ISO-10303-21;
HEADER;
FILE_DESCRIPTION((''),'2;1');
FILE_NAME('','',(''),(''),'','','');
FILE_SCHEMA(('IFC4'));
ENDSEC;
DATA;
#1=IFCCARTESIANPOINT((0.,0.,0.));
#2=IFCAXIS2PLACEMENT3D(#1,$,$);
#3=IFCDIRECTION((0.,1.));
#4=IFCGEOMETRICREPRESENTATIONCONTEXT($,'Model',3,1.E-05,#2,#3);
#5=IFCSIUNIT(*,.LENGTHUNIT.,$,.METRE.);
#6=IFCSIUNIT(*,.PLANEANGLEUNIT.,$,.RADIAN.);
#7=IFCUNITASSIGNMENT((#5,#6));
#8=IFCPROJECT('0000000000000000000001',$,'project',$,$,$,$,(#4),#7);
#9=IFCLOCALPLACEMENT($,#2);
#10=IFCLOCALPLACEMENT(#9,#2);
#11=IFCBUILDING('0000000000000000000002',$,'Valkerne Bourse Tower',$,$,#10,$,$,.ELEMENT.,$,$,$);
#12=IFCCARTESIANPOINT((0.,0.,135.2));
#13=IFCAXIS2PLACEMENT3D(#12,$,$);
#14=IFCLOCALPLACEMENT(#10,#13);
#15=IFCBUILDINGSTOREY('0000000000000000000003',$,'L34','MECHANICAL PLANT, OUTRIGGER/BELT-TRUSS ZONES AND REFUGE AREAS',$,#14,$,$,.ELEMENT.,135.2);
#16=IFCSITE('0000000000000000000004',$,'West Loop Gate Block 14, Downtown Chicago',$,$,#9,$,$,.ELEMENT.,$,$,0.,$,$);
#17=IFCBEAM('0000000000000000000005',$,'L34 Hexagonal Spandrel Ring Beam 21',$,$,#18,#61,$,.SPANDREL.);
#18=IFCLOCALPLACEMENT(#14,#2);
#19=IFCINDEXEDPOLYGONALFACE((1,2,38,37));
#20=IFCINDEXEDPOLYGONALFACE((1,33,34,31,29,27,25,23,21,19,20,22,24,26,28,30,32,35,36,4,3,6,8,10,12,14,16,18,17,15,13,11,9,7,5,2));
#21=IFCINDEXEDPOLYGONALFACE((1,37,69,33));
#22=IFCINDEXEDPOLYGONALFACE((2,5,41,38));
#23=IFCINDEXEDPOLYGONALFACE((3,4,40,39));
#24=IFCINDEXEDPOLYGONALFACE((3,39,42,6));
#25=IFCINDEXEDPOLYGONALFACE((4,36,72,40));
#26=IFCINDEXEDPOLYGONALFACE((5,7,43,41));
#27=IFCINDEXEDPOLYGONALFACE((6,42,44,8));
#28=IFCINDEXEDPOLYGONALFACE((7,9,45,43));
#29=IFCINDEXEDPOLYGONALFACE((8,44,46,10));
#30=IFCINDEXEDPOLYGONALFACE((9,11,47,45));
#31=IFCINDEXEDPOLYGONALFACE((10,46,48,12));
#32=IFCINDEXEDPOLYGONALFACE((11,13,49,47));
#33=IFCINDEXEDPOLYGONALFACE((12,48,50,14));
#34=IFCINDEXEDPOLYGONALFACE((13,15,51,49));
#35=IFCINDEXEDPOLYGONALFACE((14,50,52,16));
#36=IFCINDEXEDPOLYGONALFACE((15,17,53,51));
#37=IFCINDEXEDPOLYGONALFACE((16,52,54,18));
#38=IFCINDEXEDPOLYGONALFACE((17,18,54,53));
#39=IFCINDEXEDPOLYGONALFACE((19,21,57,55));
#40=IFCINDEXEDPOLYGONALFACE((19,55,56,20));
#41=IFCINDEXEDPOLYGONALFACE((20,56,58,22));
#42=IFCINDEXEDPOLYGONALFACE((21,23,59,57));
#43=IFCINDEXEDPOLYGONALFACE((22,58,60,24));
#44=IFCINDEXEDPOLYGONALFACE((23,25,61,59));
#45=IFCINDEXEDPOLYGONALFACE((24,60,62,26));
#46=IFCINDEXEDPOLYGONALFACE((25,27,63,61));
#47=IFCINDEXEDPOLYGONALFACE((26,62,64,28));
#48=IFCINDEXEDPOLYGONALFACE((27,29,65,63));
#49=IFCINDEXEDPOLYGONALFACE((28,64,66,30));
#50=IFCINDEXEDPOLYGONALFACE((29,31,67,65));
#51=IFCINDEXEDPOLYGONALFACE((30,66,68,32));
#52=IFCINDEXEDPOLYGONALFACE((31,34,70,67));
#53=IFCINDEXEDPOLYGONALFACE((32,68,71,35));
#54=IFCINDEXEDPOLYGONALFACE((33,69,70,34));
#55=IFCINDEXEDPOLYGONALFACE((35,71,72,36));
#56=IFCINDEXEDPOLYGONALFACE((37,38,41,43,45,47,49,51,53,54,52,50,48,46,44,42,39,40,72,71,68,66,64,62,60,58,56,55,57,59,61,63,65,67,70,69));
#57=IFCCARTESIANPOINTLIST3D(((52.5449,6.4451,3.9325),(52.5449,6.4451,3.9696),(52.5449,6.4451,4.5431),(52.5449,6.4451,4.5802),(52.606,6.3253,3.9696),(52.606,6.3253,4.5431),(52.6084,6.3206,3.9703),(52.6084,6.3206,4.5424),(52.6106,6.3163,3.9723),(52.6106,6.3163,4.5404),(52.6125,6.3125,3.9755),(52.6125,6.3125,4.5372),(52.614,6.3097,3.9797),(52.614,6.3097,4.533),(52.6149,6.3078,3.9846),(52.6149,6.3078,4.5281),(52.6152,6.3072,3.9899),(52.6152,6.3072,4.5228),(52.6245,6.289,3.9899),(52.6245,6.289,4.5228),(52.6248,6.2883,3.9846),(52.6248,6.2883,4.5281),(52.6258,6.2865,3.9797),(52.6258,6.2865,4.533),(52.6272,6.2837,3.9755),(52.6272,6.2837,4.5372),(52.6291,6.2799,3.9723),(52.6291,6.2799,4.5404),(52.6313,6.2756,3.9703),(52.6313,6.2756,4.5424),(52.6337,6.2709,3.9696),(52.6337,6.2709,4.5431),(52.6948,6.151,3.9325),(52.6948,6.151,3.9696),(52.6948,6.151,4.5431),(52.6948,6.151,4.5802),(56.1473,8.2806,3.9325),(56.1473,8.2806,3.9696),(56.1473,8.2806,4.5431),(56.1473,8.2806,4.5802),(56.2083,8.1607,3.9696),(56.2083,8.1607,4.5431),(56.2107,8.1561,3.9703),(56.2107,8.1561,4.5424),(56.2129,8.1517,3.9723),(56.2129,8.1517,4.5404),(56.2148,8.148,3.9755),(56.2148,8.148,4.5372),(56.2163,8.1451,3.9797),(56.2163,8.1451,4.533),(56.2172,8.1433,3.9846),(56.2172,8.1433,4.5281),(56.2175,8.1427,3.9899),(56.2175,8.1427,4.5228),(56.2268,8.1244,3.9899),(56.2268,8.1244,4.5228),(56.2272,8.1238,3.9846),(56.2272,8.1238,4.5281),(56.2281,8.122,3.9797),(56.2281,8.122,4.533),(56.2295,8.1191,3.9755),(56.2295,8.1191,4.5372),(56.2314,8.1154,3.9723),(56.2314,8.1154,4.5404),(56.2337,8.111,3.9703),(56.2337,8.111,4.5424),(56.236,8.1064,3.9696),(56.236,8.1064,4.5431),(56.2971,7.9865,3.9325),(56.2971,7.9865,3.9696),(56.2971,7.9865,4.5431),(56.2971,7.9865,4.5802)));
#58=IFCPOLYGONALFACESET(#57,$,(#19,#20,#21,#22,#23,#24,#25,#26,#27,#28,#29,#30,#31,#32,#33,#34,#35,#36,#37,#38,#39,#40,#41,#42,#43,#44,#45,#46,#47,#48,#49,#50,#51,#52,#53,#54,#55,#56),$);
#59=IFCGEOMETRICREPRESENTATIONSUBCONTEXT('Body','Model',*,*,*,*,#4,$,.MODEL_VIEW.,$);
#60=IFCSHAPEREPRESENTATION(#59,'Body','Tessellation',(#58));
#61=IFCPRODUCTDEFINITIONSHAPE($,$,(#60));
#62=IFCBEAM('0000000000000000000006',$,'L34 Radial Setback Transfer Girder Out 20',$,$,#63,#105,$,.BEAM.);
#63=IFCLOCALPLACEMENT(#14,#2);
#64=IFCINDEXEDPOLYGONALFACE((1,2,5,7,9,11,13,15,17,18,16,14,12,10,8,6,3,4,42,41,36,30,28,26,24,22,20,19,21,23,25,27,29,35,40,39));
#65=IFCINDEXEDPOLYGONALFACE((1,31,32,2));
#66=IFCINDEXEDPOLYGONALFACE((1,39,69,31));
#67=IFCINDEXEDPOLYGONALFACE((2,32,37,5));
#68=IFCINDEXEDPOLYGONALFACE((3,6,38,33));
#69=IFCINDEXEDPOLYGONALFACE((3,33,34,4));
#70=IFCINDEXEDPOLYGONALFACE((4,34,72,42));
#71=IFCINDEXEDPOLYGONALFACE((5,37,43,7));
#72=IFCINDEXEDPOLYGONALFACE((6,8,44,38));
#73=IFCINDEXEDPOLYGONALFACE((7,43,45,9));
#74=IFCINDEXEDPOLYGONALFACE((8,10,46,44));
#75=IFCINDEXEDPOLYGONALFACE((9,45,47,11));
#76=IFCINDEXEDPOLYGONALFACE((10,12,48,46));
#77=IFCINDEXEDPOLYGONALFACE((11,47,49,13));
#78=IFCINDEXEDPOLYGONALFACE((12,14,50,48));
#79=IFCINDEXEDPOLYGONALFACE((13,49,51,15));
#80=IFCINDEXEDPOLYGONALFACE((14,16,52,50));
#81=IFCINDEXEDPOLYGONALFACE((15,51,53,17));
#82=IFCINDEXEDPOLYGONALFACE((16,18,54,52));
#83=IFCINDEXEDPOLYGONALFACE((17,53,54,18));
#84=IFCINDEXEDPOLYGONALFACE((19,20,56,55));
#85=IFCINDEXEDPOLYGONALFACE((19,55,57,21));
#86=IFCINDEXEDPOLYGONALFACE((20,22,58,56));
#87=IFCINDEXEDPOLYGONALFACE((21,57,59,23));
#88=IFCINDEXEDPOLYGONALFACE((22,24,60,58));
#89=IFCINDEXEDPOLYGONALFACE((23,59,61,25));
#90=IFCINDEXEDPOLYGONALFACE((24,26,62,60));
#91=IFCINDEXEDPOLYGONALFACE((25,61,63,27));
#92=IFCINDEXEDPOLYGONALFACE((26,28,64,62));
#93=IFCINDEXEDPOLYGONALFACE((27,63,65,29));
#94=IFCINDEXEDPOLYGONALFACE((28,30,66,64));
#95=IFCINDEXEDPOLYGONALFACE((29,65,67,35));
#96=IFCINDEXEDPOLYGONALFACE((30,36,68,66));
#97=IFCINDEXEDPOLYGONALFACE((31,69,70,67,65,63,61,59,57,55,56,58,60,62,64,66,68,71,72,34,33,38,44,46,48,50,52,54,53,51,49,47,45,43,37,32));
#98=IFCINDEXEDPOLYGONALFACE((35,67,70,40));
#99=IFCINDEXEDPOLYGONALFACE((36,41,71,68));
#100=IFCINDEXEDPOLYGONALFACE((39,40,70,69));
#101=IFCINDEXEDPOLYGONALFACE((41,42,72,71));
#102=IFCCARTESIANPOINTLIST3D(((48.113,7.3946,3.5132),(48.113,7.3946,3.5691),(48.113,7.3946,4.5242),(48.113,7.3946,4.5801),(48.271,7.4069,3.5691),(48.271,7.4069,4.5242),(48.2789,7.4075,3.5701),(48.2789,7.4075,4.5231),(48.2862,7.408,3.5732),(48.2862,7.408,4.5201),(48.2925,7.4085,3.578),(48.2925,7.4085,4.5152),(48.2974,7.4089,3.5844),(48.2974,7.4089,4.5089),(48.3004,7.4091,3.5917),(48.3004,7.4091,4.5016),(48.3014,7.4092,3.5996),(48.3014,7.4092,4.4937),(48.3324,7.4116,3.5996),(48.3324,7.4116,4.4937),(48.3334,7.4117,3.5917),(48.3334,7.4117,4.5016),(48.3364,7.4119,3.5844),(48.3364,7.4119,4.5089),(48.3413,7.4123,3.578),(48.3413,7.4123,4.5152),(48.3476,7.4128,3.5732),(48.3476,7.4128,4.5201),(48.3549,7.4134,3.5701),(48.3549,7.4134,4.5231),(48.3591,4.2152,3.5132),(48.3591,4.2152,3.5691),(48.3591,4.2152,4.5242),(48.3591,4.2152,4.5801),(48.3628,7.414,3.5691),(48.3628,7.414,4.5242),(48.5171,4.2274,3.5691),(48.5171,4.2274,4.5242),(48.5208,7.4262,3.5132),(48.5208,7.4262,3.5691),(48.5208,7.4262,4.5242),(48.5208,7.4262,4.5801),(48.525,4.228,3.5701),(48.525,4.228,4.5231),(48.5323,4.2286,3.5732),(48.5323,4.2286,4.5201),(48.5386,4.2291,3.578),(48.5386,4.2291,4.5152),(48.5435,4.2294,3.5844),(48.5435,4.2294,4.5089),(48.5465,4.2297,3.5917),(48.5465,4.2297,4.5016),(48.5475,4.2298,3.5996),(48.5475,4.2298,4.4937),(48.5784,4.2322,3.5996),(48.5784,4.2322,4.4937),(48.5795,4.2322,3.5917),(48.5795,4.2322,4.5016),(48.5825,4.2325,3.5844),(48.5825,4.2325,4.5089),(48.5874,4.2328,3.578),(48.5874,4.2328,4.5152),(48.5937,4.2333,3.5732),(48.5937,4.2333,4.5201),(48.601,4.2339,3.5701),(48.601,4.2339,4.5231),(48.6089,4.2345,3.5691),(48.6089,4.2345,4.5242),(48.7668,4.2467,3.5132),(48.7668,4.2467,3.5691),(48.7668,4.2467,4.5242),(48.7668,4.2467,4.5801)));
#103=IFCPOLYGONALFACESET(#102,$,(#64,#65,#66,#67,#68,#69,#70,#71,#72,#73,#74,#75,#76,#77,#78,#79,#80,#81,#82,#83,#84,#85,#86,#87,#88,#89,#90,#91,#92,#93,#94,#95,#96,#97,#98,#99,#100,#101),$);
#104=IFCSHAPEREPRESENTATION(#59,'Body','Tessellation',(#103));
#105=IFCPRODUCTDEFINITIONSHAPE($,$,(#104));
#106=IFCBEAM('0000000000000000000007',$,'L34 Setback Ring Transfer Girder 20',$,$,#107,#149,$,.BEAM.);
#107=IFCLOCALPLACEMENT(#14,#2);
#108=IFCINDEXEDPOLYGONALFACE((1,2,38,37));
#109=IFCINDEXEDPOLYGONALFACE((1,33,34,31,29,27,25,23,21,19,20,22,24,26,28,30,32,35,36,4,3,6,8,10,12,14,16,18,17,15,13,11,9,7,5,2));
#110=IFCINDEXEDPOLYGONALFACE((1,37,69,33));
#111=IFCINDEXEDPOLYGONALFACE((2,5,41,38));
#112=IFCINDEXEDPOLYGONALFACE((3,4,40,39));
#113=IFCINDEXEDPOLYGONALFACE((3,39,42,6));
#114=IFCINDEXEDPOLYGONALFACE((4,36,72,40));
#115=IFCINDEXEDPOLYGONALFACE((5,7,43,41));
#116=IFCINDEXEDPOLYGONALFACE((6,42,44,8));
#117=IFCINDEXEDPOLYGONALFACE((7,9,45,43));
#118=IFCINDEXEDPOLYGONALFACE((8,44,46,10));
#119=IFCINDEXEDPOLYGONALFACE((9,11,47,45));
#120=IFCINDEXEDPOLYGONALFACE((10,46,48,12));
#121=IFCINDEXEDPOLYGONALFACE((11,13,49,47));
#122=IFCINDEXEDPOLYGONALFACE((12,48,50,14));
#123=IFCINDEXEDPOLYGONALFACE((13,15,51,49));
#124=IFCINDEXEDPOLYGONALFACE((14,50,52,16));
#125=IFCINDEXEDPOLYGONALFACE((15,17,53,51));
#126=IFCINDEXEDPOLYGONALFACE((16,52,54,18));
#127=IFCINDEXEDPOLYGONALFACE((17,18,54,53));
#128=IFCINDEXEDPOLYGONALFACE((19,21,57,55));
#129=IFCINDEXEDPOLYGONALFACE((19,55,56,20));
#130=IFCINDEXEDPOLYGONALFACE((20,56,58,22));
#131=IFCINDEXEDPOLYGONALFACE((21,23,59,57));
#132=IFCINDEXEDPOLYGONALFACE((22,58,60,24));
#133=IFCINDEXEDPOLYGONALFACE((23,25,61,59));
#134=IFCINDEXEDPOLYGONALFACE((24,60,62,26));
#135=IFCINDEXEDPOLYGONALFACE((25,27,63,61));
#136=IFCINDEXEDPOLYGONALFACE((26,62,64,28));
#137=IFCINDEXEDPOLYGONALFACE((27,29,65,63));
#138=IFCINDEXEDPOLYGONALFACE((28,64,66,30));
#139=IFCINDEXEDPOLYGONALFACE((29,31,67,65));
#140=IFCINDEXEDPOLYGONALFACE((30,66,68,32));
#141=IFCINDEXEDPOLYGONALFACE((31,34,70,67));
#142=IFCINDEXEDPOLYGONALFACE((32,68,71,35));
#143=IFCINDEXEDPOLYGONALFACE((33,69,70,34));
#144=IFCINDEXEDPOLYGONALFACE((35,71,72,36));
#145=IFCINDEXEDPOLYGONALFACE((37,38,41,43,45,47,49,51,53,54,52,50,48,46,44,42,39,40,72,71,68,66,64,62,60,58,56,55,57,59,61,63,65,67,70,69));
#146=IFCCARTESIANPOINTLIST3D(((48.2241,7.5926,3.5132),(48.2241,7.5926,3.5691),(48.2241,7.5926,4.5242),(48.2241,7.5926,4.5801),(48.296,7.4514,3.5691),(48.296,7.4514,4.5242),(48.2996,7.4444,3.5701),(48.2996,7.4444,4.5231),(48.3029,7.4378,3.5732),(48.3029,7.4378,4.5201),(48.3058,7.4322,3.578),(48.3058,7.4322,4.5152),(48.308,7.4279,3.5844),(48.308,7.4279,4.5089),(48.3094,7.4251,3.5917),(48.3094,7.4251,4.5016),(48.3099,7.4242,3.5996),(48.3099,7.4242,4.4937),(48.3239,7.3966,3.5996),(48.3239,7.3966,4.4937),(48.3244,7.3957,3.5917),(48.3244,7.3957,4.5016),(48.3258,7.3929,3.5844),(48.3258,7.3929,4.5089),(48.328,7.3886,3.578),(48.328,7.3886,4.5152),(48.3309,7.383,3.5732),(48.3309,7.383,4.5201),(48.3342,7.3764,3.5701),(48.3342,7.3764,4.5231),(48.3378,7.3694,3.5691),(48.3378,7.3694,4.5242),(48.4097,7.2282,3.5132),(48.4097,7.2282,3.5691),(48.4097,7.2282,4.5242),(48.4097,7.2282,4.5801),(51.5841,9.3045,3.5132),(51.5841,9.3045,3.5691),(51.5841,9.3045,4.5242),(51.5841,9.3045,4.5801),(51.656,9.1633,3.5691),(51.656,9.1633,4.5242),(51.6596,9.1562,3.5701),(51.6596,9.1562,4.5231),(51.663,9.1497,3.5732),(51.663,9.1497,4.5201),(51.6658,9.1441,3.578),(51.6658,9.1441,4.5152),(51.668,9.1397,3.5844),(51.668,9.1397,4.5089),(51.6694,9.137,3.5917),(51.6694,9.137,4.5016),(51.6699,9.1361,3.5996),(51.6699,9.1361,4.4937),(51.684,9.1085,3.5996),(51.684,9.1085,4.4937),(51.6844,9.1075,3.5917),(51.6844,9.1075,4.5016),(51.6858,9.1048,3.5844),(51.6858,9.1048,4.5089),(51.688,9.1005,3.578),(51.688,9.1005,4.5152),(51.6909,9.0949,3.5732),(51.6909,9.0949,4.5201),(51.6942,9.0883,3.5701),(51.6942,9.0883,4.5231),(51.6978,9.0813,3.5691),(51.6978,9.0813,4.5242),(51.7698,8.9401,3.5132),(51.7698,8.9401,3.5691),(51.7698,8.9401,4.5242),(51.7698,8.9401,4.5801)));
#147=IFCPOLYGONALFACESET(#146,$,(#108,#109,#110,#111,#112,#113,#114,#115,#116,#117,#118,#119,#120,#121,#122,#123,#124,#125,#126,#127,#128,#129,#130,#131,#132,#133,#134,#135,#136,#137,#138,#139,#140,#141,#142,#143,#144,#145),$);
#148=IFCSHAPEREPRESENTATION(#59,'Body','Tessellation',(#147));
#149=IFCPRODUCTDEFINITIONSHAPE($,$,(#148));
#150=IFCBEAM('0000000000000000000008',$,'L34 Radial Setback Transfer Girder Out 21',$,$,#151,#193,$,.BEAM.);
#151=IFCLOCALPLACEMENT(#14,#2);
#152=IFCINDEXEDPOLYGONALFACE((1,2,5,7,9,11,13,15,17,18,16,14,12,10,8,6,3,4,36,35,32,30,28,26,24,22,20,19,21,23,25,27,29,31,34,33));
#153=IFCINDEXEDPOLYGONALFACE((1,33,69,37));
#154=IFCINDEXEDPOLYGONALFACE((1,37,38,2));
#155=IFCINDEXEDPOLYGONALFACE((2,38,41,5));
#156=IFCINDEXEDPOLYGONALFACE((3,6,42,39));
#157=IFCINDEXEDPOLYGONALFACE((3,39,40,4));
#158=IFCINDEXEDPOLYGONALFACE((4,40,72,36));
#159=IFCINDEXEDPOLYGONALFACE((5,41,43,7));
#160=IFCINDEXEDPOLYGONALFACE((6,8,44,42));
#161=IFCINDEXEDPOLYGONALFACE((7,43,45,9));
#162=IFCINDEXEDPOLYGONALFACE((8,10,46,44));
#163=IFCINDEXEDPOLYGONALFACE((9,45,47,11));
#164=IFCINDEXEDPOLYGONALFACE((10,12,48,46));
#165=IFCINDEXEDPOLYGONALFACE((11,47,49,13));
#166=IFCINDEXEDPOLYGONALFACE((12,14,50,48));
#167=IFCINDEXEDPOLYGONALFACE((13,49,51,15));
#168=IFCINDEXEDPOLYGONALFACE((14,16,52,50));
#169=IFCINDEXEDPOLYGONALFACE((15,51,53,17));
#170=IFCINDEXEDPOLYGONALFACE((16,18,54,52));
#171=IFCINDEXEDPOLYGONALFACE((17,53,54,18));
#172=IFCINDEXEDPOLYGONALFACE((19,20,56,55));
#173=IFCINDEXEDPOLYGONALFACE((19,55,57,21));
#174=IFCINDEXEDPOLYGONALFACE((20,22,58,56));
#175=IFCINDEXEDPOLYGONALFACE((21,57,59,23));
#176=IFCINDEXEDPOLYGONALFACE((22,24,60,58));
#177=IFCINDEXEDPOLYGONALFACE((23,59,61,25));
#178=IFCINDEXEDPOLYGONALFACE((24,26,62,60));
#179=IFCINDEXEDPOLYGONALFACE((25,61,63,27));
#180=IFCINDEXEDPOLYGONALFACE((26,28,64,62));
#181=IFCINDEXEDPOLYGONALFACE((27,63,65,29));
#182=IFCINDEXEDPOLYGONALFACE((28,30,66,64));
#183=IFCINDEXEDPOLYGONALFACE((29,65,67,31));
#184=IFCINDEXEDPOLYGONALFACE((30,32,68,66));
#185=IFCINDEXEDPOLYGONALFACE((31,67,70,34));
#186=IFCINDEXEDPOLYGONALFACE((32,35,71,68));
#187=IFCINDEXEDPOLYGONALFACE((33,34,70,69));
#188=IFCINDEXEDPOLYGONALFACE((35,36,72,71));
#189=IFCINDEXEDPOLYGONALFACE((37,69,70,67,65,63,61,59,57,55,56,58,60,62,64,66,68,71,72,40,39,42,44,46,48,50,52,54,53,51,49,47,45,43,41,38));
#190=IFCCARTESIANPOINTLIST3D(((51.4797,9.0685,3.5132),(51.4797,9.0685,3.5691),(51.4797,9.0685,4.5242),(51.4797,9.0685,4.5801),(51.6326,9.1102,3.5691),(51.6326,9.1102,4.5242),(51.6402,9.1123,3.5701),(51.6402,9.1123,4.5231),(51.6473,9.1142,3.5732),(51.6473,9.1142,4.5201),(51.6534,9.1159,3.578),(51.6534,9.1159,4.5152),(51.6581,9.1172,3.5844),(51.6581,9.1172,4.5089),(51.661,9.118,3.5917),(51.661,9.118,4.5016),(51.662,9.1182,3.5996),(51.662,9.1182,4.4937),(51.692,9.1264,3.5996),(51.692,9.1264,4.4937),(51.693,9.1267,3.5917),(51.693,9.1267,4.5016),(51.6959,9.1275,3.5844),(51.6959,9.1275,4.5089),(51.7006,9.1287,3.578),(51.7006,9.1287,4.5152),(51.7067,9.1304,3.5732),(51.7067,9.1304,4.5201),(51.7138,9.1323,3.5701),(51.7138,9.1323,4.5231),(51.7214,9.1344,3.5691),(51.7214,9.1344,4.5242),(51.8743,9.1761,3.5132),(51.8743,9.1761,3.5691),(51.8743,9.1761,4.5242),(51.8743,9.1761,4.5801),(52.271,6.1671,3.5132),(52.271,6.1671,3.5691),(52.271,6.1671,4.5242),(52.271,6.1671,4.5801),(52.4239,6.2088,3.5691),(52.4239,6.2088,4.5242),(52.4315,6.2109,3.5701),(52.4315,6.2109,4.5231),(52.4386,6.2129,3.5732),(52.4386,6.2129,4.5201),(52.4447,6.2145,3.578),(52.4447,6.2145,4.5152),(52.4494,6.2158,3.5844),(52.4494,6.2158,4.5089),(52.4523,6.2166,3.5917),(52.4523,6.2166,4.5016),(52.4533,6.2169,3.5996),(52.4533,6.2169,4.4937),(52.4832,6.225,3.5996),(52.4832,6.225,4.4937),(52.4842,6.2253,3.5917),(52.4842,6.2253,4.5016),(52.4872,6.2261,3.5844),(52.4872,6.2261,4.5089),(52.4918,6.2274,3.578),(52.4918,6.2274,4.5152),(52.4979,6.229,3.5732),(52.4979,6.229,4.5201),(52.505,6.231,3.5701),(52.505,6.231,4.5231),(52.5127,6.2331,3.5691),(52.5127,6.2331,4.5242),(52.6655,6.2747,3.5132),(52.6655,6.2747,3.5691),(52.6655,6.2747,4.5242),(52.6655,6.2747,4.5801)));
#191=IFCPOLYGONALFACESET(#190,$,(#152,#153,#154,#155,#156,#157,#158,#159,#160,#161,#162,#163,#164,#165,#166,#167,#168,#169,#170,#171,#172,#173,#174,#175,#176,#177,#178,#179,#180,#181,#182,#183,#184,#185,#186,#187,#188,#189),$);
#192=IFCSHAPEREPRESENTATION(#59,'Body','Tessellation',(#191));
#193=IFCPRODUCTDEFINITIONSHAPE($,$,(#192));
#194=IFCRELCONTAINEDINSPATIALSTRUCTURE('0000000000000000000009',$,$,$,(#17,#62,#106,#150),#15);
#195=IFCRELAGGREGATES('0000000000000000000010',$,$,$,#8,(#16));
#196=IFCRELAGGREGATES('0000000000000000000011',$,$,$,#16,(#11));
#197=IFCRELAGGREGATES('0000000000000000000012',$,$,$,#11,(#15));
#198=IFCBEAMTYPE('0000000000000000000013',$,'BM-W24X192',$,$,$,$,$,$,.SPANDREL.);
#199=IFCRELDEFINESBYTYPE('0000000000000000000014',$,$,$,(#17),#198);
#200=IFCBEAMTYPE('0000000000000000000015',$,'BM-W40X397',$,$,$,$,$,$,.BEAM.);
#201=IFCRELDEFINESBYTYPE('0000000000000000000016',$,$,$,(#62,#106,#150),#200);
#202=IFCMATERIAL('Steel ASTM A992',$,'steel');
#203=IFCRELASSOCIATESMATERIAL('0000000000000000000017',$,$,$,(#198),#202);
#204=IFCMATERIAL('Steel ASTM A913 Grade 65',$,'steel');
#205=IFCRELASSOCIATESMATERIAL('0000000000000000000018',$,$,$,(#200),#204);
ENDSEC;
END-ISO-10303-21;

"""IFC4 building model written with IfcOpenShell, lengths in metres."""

from ifc_helpers import new_model, si_unit, direction, frame, origin, origin_2d, place, context, subcontext, project, spatial, i_section, extrude, material, material_profile, profile_set, type_object, element, save


model = new_model("IFC4")

# Units and contexts
model_context = context("Model", 3, precision=1e-05, world=origin(), true_north=direction((0.0, 1.0)))
body_context = subcontext(model_context, "Body", "Model", "MODEL_VIEW")
ifc_project = project(units=[si_unit("LENGTHUNIT", "METRE"), si_unit("PLANEANGLEUNIT", "RADIAN")], contexts=[model_context])

# Site, building, storey
site_placement = place(None, origin())
site = spatial("IfcSite", under=ifc_project, at=site_placement, Name="West Loop Gate Block 14, Downtown Chicago", CompositionType="ELEMENT", RefElevation=0.0)
building_placement = place(site_placement, origin())
building = spatial("IfcBuilding", under=site, at=building_placement, Name="Valkerne Bourse Tower", CompositionType="ELEMENT")
storey_placement = place(building_placement, frame((0.0, 0.0, 135.2)))
storey = spatial("IfcBuildingStorey", under=building, at=storey_placement, Name="L34", Description="MECHANICAL PLANT, OUTRIGGER/BELT-TRUSS ZONES AND REFUGE AREAS", CompositionType="ELEMENT", Elevation=135.2)

# Shared definitions
ifc_material_1 = material(Name="Steel ASTM A913 Grade 65", Category="steel")

# Beams
ifc_material_2 = material(Name="Steel ASTM A992", Category="steel")
ifc_material_profile_1 = material_profile(ifc_material_2, i_section(OverallWidth=0.3301, OverallDepth=0.6477, WebThickness=0.0205, FlangeThickness=0.0371, FilletRadius=0.0203, at=origin_2d()), Name="W24X192")
ifc_profile_set_1 = profile_set([ifc_material_profile_1], Name="Steel ASTM A992")
beam_type_1 = type_object("IfcBeamType", Name="BM-W24X192", PredefinedType="SPANDREL", material=ifc_profile_set_1)
for number, where, z_axis, x_axis, name in (
    (1, (52.6199, 6.2981, 4.2563), (0.891008, 0.453988, 0.0), (-0.453988, 0.891008, 0.0), "L34 Hexagonal Spandrel Ring Beam 21"),
):
    element("IfcBeam", number, at=place(storey_placement, frame(where, z_axis=z_axis, x_axis=x_axis)), inside=storey, type_object=beam_type_1, Name=name, PredefinedType="SPANDREL", context=body_context, shape_type="SweptSolid", body=[
        extrude(i_section(OverallWidth=0.3301, OverallDepth=0.6477, WebThickness=0.0205, FlangeThickness=0.0371, FilletRadius=0.0203, at=origin_2d()), origin(), (0.0, 0.0, 1.0), 4.043),
    ])
ifc_material_profile_2 = material_profile(ifc_material_1, i_section(OverallWidth=0.4089, OverallDepth=1.0669, WebThickness=0.031, FlangeThickness=0.0559, FilletRadius=0.0305, at=origin_2d()), Name="W40X397")
ifc_profile_set_2 = profile_set([ifc_material_profile_2], Name="Steel ASTM A913 Grade 65")
beam_type_2 = type_object("IfcBeamType", Name="BM-W40X397", PredefinedType="BEAM", material=ifc_profile_set_2)
beam_1_placement = place(storey_placement, frame((48.563, 4.231, 4.0466), z_axis=(-0.077171, 0.997018, 0.0), x_axis=(-0.997018, -0.077171, 0.0)))
element("IfcBeam", 2, at=beam_1_placement, inside=storey, type_object=beam_type_2, Name="L34 Radial Setback Transfer Girder Out 20", PredefinedType="BEAM", context=body_context, shape_type="SweptSolid", body=[
    extrude(i_section(OverallWidth=0.4089, OverallDepth=1.0669, WebThickness=0.031, FlangeThickness=0.0559, FilletRadius=0.0305, at=origin_2d()), origin(), (0.0, 0.0, 1.0), 3.189),
])
beam_2_placement = place(storey_placement, frame((48.3169, 7.4104, 4.0466), z_axis=(0.891022, 0.45396, 0.0), x_axis=(-0.45396, 0.891022, 0.0)))
element("IfcBeam", 3, at=beam_2_placement, inside=storey, type_object=beam_type_2, Name="L34 Setback Ring Transfer Girder 20", PredefinedType="BEAM", context=body_context, shape_type="SweptSolid", body=[
    extrude(i_section(OverallWidth=0.4089, OverallDepth=1.0669, WebThickness=0.031, FlangeThickness=0.0559, FilletRadius=0.0305, at=origin_2d()), origin(), (0.0, 0.0, 1.0), 3.771),
])
beam_3_placement = place(storey_placement, frame((52.4683, 6.2209, 4.0466), z_axis=(-0.263111, 0.964766, 0.0), x_axis=(-0.964766, -0.263111, 0.0)))
element("IfcBeam", 4, at=beam_3_placement, inside=storey, type_object=beam_type_2, Name="L34 Radial Setback Transfer Girder Out 21", PredefinedType="BEAM", context=body_context, shape_type="SweptSolid", body=[
    extrude(i_section(OverallWidth=0.4089, OverallDepth=1.0669, WebThickness=0.031, FlangeThickness=0.0559, FilletRadius=0.0305, at=origin_2d()), origin(), (0.0, 0.0, 1.0), 3.0073),
])

save(model, "model.ifc")
